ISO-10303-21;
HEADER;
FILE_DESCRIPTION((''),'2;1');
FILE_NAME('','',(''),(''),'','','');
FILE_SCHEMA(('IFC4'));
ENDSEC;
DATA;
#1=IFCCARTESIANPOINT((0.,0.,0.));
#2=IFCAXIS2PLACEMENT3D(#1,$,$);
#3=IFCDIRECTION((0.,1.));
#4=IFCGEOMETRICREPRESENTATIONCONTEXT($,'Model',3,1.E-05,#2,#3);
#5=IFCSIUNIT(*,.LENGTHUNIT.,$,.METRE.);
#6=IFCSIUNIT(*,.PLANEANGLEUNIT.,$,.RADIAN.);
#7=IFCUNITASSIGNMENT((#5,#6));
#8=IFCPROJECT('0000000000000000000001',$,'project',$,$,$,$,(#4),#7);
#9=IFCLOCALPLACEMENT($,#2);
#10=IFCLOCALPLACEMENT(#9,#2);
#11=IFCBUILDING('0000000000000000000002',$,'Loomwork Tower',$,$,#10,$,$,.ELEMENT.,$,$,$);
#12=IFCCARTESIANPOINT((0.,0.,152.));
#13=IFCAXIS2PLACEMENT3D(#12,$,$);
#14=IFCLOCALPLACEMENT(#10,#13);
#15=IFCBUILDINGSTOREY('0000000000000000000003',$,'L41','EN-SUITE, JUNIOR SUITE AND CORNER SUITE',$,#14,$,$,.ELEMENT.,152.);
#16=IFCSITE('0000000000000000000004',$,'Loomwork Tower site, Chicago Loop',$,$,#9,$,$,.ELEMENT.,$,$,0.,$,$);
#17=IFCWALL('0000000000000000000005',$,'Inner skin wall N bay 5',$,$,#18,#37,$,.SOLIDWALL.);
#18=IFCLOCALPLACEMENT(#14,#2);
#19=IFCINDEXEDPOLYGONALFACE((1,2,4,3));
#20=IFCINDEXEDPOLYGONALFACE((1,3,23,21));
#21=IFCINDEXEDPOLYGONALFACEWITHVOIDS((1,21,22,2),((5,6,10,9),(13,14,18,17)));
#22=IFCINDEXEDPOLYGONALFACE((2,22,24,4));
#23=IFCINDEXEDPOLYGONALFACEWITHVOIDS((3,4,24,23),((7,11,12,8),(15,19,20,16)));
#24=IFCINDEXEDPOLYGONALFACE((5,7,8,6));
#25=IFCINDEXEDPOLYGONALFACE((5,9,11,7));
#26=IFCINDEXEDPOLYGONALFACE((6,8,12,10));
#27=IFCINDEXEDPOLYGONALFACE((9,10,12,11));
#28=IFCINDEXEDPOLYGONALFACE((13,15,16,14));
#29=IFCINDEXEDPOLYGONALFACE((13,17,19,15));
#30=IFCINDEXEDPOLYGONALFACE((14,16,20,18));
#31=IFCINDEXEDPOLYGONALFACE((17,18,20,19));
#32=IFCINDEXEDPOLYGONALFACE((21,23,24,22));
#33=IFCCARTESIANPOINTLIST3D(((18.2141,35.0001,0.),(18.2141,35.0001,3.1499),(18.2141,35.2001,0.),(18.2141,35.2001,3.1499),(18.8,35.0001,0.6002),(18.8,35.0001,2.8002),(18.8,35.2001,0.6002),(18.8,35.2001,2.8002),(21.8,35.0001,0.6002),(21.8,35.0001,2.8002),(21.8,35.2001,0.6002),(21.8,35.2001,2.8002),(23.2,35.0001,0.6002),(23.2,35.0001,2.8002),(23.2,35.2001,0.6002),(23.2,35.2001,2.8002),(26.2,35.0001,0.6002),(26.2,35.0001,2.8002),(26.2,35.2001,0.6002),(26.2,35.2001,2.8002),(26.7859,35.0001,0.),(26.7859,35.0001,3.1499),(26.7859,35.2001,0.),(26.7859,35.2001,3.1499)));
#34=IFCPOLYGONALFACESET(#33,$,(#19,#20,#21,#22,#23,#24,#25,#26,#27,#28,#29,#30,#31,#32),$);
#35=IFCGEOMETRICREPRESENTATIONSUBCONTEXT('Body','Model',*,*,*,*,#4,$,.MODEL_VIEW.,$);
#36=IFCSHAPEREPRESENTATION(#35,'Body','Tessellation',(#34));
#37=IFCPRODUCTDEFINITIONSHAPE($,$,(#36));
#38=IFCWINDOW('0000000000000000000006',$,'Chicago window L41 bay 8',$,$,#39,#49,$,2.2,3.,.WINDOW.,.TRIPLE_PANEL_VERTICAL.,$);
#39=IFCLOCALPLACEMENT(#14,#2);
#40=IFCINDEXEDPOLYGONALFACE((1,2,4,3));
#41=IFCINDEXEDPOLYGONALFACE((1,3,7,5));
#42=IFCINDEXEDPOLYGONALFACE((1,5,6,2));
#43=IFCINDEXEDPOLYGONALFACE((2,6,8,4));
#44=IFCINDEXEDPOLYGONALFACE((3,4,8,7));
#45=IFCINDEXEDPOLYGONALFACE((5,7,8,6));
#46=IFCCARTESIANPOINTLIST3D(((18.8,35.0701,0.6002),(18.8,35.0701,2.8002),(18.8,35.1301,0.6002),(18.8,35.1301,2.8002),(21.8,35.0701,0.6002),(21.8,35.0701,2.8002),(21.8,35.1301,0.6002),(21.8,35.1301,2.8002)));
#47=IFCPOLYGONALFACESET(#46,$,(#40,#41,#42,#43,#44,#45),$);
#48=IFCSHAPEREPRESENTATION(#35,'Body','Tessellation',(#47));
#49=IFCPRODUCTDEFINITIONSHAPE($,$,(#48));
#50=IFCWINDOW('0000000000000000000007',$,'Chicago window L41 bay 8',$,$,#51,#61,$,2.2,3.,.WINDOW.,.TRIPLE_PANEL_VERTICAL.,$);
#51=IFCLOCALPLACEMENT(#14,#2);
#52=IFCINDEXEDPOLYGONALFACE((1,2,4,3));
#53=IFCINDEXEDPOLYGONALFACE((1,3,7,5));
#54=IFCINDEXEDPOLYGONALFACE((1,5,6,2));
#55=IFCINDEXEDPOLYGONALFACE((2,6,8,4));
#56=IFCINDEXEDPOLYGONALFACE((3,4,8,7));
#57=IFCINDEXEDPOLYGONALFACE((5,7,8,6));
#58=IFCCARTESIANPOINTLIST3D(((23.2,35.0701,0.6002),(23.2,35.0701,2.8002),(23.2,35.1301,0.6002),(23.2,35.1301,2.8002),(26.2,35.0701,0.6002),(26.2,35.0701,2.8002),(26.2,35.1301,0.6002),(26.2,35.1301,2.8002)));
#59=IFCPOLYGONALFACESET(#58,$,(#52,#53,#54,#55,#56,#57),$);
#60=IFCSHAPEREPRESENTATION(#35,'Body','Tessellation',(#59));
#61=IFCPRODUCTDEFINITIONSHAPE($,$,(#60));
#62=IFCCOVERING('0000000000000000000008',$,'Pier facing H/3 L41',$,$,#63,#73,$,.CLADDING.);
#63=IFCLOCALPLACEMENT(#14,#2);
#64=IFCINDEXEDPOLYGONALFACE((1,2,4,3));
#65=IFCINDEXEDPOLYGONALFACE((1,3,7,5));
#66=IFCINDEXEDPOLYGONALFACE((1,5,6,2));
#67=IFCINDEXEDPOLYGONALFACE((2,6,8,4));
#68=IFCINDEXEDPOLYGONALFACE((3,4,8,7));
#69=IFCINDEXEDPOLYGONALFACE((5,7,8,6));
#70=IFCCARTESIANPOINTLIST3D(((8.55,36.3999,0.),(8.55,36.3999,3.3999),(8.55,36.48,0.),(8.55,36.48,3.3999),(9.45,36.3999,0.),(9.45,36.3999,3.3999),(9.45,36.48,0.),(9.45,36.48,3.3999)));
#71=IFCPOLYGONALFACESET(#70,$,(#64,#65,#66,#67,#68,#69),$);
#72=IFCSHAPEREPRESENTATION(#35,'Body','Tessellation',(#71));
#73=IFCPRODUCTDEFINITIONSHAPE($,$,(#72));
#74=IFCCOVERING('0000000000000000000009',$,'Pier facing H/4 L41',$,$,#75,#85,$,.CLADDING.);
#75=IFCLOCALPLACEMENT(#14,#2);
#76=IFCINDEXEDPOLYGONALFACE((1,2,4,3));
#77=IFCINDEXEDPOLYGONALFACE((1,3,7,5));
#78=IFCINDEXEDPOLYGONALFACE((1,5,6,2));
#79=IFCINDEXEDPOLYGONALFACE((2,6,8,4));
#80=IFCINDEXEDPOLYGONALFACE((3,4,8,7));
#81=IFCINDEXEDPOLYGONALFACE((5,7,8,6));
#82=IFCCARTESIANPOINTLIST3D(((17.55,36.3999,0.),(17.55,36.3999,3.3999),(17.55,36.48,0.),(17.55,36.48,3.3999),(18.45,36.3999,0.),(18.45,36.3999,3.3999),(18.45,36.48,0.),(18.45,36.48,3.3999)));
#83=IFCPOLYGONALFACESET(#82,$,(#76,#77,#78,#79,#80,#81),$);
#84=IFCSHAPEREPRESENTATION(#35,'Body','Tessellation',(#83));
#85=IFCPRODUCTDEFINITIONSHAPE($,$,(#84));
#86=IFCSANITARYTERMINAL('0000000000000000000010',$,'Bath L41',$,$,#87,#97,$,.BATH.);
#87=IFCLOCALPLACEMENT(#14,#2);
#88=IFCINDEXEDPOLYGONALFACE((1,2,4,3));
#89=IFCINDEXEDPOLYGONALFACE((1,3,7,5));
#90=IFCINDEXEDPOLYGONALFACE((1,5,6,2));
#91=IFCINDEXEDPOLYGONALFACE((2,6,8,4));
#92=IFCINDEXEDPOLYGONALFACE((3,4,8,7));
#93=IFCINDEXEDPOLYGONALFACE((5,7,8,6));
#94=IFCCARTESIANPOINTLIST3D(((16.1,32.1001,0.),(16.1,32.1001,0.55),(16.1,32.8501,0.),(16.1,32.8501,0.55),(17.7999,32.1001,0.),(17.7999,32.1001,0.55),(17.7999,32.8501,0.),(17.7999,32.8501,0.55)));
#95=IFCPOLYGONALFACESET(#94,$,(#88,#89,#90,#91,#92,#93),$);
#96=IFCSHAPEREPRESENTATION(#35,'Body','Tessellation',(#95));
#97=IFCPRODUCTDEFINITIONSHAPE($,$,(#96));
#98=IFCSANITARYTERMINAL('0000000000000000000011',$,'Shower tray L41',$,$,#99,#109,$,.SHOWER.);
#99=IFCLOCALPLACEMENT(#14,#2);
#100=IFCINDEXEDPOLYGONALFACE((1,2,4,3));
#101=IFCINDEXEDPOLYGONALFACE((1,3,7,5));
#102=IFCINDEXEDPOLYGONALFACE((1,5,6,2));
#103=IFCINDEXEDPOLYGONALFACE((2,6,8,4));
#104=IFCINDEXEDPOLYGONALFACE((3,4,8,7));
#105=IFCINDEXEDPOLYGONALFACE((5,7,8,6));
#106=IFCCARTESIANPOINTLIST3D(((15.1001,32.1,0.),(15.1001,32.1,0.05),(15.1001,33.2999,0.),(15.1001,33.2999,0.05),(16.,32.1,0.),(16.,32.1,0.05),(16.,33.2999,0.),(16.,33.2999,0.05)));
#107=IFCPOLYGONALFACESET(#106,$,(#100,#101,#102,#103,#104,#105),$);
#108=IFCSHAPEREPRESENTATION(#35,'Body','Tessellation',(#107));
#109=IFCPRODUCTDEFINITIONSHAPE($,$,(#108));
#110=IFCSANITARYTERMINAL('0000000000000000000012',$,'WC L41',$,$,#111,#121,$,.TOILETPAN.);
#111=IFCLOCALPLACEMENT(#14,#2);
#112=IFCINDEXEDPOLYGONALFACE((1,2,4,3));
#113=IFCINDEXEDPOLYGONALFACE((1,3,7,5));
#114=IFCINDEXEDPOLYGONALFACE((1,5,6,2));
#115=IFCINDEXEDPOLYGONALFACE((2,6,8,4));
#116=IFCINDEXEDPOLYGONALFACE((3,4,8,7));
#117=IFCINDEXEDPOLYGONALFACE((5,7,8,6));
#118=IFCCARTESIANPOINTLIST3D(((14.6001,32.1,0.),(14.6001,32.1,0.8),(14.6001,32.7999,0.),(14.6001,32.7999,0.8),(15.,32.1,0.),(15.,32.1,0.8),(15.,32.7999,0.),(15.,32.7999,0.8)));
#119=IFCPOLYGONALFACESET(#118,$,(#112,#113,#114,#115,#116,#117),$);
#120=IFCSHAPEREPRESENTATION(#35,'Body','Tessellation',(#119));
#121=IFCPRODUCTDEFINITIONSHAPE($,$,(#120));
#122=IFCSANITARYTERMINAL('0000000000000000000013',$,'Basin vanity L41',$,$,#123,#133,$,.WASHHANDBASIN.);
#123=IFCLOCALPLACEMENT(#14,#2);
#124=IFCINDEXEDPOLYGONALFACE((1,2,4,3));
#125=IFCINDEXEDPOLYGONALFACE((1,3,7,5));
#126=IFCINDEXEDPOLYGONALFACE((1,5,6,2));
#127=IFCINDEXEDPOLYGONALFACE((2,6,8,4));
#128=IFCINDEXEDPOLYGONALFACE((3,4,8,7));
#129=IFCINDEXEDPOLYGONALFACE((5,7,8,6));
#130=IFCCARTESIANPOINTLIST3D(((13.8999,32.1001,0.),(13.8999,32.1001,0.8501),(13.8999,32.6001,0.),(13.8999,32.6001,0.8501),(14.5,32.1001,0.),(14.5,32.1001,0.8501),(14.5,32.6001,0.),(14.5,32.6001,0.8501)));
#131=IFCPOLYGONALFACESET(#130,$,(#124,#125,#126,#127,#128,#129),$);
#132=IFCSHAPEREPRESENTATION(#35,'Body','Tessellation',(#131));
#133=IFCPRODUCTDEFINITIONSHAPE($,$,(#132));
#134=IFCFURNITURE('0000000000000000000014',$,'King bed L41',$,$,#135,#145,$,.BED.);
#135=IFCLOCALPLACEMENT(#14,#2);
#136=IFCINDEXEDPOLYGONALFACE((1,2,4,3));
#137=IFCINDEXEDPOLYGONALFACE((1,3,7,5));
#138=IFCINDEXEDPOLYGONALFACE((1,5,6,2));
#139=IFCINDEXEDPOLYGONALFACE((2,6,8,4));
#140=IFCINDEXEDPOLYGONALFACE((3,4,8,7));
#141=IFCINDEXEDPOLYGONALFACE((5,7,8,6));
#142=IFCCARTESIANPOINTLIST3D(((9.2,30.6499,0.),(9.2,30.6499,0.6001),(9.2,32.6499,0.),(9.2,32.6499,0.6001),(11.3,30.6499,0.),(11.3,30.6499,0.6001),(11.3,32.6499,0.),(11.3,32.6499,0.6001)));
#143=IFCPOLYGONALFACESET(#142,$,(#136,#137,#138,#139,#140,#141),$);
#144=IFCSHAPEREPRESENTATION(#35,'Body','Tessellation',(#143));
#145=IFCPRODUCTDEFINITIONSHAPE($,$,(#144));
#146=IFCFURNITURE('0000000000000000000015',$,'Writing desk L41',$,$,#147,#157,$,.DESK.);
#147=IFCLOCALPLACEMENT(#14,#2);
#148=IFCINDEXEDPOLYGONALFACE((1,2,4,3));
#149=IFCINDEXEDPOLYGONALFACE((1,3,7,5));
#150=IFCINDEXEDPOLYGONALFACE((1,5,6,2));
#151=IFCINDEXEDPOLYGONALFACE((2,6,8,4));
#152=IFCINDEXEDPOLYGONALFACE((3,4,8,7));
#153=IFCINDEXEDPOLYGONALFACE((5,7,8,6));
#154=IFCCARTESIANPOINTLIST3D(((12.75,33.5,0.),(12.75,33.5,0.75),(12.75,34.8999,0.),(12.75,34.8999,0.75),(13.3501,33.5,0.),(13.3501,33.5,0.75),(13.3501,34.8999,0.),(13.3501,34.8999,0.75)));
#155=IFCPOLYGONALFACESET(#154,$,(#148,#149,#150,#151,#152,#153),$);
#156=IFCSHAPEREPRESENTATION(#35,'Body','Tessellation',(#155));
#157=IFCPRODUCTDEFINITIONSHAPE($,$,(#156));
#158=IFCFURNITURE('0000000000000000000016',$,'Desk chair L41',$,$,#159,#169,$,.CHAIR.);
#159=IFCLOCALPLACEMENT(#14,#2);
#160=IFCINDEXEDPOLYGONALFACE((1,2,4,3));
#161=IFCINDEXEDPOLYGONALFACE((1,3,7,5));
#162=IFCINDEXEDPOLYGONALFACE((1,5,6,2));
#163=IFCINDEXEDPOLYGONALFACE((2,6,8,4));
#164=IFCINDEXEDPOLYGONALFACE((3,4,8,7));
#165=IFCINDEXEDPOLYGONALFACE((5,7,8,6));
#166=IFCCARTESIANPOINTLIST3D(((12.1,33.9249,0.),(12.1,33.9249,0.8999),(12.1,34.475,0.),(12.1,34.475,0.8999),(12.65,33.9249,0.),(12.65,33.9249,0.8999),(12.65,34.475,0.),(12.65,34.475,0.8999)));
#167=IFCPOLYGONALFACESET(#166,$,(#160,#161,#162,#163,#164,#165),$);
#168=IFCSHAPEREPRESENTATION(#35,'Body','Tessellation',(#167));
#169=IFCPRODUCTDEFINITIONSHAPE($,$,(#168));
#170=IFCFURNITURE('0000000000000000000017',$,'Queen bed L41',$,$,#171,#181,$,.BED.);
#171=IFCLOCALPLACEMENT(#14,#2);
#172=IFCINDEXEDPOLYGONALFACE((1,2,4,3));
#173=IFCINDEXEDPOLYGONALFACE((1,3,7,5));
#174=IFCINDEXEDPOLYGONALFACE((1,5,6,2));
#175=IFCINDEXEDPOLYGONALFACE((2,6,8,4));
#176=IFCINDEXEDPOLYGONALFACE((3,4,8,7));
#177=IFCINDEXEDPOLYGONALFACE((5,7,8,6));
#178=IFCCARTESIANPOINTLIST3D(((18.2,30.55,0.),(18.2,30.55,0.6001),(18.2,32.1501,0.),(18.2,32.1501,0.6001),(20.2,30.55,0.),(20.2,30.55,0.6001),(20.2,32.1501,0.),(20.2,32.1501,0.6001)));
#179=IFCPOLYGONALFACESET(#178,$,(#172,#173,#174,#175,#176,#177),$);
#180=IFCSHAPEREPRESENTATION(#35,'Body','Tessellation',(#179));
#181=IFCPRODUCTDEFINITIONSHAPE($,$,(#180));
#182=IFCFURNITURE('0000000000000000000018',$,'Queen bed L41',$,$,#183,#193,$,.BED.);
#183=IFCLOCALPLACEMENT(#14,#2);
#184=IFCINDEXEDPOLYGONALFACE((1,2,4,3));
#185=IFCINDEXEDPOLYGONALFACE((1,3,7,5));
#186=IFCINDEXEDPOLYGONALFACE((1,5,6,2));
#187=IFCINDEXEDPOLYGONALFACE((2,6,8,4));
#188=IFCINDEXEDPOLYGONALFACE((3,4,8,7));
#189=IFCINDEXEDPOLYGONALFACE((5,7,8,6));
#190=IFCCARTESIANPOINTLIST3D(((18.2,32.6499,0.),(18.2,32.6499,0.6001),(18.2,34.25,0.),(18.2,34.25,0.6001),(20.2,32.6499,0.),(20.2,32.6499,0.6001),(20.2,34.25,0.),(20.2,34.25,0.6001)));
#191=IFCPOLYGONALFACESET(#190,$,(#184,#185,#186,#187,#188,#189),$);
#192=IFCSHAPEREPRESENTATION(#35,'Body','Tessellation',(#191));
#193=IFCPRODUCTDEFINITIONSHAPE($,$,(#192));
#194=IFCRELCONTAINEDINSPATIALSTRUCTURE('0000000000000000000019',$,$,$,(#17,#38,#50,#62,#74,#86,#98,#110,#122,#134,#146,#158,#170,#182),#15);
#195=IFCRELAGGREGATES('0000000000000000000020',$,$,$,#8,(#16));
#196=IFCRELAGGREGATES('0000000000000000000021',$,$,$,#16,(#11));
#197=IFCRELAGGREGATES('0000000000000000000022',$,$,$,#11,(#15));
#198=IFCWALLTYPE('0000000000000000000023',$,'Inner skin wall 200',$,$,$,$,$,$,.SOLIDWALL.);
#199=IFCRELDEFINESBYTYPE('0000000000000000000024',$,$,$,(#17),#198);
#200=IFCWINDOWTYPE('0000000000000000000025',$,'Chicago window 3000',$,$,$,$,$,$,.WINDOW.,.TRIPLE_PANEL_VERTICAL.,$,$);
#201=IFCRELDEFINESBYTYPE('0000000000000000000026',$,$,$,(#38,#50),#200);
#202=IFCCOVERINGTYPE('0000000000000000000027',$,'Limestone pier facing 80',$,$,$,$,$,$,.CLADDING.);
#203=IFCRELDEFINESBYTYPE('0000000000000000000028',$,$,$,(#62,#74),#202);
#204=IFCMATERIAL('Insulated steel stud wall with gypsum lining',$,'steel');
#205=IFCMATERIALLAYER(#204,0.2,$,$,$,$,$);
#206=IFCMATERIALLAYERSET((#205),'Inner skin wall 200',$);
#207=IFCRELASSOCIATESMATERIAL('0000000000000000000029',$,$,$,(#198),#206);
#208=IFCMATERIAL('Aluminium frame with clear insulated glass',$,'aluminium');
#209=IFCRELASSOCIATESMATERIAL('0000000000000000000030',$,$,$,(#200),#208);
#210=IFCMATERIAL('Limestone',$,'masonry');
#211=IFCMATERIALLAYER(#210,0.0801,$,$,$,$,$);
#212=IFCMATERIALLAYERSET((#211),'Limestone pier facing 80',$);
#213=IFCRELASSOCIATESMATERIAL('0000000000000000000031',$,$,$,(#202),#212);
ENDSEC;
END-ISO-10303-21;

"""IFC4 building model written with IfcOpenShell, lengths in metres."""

from ifc_helpers import new_model, si_unit, direction, frame, frame_2d, origin, origin_2d, place, context, subcontext, project, spatial, rectangle, extrude, material, layer, layer_set, type_object, element, fill, save


model = new_model("IFC4")

# Units and contexts
model_context = context("Model", 3, precision=1e-05, world=origin(), true_north=direction((0.0, 1.0)))
body_context = subcontext(model_context, "Body", "Model", "MODEL_VIEW")
ifc_project = project(units=[si_unit("LENGTHUNIT", "METRE"), si_unit("PLANEANGLEUNIT", "RADIAN")], contexts=[model_context])

# Site, building, storey
site_placement = place(None, origin())
site = spatial("IfcSite", under=ifc_project, at=site_placement, Name="Loomwork Tower site, Chicago Loop", CompositionType="ELEMENT", RefElevation=0.0)
building_placement = place(site_placement, origin())
building = spatial("IfcBuilding", under=site, at=building_placement, Name="Loomwork Tower", CompositionType="ELEMENT")
storey_placement = place(building_placement, frame((0.0, 0.0, 152.0)))
storey = spatial("IfcBuildingStorey", under=building, at=storey_placement, Name="L41", Description="EN-SUITE, JUNIOR SUITE AND CORNER SUITE", CompositionType="ELEMENT", Elevation=152.0)

# Shared definitions
ifc_material_1 = material(Name="Insulated steel stud wall with gypsum lining", Category="steel")
ifc_layer_1 = layer(ifc_material_1, 0.2)
ifc_layer_set_1 = layer_set([ifc_layer_1], Name="Inner skin wall 200")
wall_type_1 = type_object("IfcWallType", Name="Inner skin wall 200", PredefinedType="SOLIDWALL", material=ifc_layer_set_1)

# Shared definitions
ifc_material_2 = material(Name="Aluminium frame with clear insulated glass", Category="aluminium")
window_type = type_object("IfcWindowType", Name="Chicago window 3000", PartitioningType="TRIPLE_PANEL_VERTICAL", PredefinedType="WINDOW", material=ifc_material_2)

# Wall, openings, windows
wall_1_placement = place(storey_placement, frame((18.2141, 35.1001, 0.0), z_axis=(0.0, 0.0, 1.0), x_axis=(1.0, 0.0, 0.0)))
wall_1 = element("IfcWall", 1, at=wall_1_placement, inside=storey, type_object=wall_type_1, Name="Inner skin wall N bay 5", PredefinedType="SOLIDWALL", context=body_context, shape_type="SweptSolid", body=[
    extrude(rectangle(XDim=8.5718, YDim=0.2, at=frame_2d((4.2859, 0.0))), origin(), (0.0, 0.0, 1.0), 3.1499),
])
opening_1_placement = place(wall_1_placement, frame((0.5859, 0.0, 0.6001)))
opening_1 = element("IfcOpeningElement", 2, at=opening_1_placement, cuts=wall_1, PredefinedType="OPENING", context=body_context, shape_type="SweptSolid", body=[
    extrude(rectangle(XDim=3.0, YDim=2.2, at=frame_2d((1.5, 1.1001))), frame((0.0, 0.1099, 0.0), z_axis=(0.0, -1.0, 0.0), x_axis=(1.0, 0.0, 0.0)), (0.0, 0.0, 1.0), 0.22),
])
opening_2_placement = place(wall_1_placement, frame((4.9858, 0.0, 0.6001)))
opening_2 = element("IfcOpeningElement", 3, at=opening_2_placement, cuts=wall_1, PredefinedType="OPENING", context=body_context, shape_type="SweptSolid", body=[
    extrude(rectangle(XDim=3.0, YDim=2.2, at=frame_2d((1.5, 1.1001))), frame((0.0, 0.1099, 0.0), z_axis=(0.0, -1.0, 0.0), x_axis=(1.0, 0.0, 0.0)), (0.0, 0.0, 1.0), 0.22),
])
window_1_placement = place(opening_1_placement, origin())
window_1 = element("IfcWindow", 4, at=window_1_placement, inside=storey, type_object=window_type, Name="Chicago window L41 bay 8", OverallHeight=2.2, OverallWidth=3.0, PartitioningType="TRIPLE_PANEL_VERTICAL", PredefinedType="WINDOW", context=body_context, shape_type="SweptSolid", body=[
    extrude(rectangle(XDim=3.0, YDim=2.2, at=frame_2d((1.5, 1.1001))), frame((0.0, 0.03, 0.0), z_axis=(0.0, -1.0, 0.0), x_axis=(1.0, 0.0, 0.0)), (0.0, 0.0, 1.0), 0.0601),
])
fill(opening_1, window_1)
window_2_placement = place(opening_2_placement, origin())
window_2 = element("IfcWindow", 5, at=window_2_placement, inside=storey, type_object=window_type, Name="Chicago window L41 bay 8", OverallHeight=2.2, OverallWidth=3.0, PartitioningType="TRIPLE_PANEL_VERTICAL", PredefinedType="WINDOW", context=body_context, shape_type="SweptSolid", body=[
    extrude(rectangle(XDim=3.0, YDim=2.2, at=frame_2d((1.5, 1.1001))), frame((0.0, 0.03, 0.0), z_axis=(0.0, -1.0, 0.0), x_axis=(1.0, 0.0, 0.0)), (0.0, 0.0, 1.0), 0.0601),
])
fill(opening_2, window_2)

# Coverings
ifc_material_3 = material(Name="Limestone", Category="masonry")
ifc_layer_2 = layer(ifc_material_3, 0.0801)
ifc_layer_set_2 = layer_set([ifc_layer_2], Name="Limestone pier facing 80")
covering_type = type_object("IfcCoveringType", Name="Limestone pier facing 80", PredefinedType="CLADDING", material=ifc_layer_set_2)
for number, where, z_axis, x_axis, name in (
    (6, (9.0, 36.4399, 0.0), (0.0, 0.0, 1.0), (1.0, 0.0, 0.0), "Pier facing H/3 L41"),
    (7, (18.0, 36.4399, 0.0), (0.0, 0.0, 1.0), (1.0, 0.0, 0.0), "Pier facing H/4 L41"),
):
    element("IfcCovering", number, at=place(storey_placement, frame(where, z_axis=z_axis, x_axis=x_axis)), inside=storey, type_object=covering_type, Name=name, PredefinedType="CLADDING", context=body_context, shape_type="SweptSolid", body=[
        extrude(rectangle(XDim=0.8999, YDim=0.0801, at=origin_2d()), origin(), (0.0, 0.0, 1.0), 3.3999),
    ])

# Sanitary terminals
sanitary_terminal_1_placement = place(storey_placement, frame((16.95, 32.4751, 0.0), z_axis=(0.0, 0.0, 1.0), x_axis=(1.0, 0.0, 0.0)))
element("IfcSanitaryTerminal", 8, at=sanitary_terminal_1_placement, inside=storey, Name="Bath L41", PredefinedType="BATH", context=body_context, shape_type="SweptSolid", body=[
    extrude(rectangle(XDim=1.7, YDim=0.75, at=origin_2d()), origin(), (0.0, 0.0, 1.0), 0.55),
])
sanitary_terminal_2_placement = place(storey_placement, frame((15.55, 32.7, 0.0), z_axis=(0.0, 0.0, 1.0), x_axis=(1.0, 0.0, 0.0)))
element("IfcSanitaryTerminal", 9, at=sanitary_terminal_2_placement, inside=storey, Name="Shower tray L41", PredefinedType="SHOWER", context=body_context, shape_type="SweptSolid", body=[
    extrude(rectangle(XDim=0.8999, YDim=1.2, at=origin_2d()), origin(), (0.0, 0.0, 1.0), 0.05),
])
sanitary_terminal_3_placement = place(storey_placement, frame((14.8, 32.45, 0.0), z_axis=(0.0, 0.0, 1.0), x_axis=(1.0, 0.0, 0.0)))
element("IfcSanitaryTerminal", 10, at=sanitary_terminal_3_placement, inside=storey, Name="WC L41", PredefinedType="TOILETPAN", context=body_context, shape_type="SweptSolid", body=[
    extrude(rectangle(XDim=0.3999, YDim=0.7, at=origin_2d()), origin(), (0.0, 0.0, 1.0), 0.8),
])
sanitary_terminal_4_placement = place(storey_placement, frame((14.2, 32.3501, 0.0), z_axis=(0.0, 0.0, 1.0), x_axis=(1.0, 0.0, 0.0)))
element("IfcSanitaryTerminal", 11, at=sanitary_terminal_4_placement, inside=storey, Name="Basin vanity L41", PredefinedType="WASHHANDBASIN", context=body_context, shape_type="SweptSolid", body=[
    extrude(rectangle(XDim=0.6001, YDim=0.5, at=origin_2d()), origin(), (0.0, 0.0, 1.0), 0.8501),
])

# Furniture
furniture_1_placement = place(storey_placement, frame((10.25, 31.6499, 0.0), z_axis=(0.0, 0.0, 1.0), x_axis=(1.0, 0.0, 0.0)))
element("IfcFurniture", 12, at=furniture_1_placement, inside=storey, Name="King bed L41", PredefinedType="BED", context=body_context, shape_type="SweptSolid", body=[
    extrude(rectangle(XDim=2.1001, YDim=2.0, at=origin_2d()), origin(), (0.0, 0.0, 1.0), 0.6001),
])
furniture_2_placement = place(storey_placement, frame((13.05, 34.2, 0.0), z_axis=(0.0, 0.0, 1.0), x_axis=(1.0, 0.0, 0.0)))
element("IfcFurniture", 13, at=furniture_2_placement, inside=storey, Name="Writing desk L41", PredefinedType="DESK", context=body_context, shape_type="SweptSolid", body=[
    extrude(rectangle(XDim=0.6001, YDim=1.3999, at=origin_2d()), origin(), (0.0, 0.0, 1.0), 0.75),
])
furniture_3_placement = place(storey_placement, frame((12.375, 34.2, 0.0), z_axis=(0.0, 0.0, 1.0), x_axis=(1.0, 0.0, 0.0)))
element("IfcFurniture", 14, at=furniture_3_placement, inside=storey, Name="Desk chair L41", PredefinedType="CHAIR", context=body_context, shape_type="SweptSolid", body=[
    extrude(rectangle(XDim=0.55, YDim=0.55, at=origin_2d()), origin(), (0.0, 0.0, 1.0), 0.8999),
])
for number, where, z_axis, x_axis, name in (
    (15, (19.2, 31.3501, 0.0), (0.0, 0.0, 1.0), (1.0, 0.0, 0.0), "Queen bed L41"),
    (16, (19.2, 33.45, 0.0), (0.0, 0.0, 1.0), (1.0, 0.0, 0.0), "Queen bed L41"),
):
    element("IfcFurniture", number, at=place(storey_placement, frame(where, z_axis=z_axis, x_axis=x_axis)), inside=storey, Name=name, PredefinedType="BED", context=body_context, shape_type="SweptSolid", body=[
        extrude(rectangle(XDim=2.0, YDim=1.6001, at=origin_2d()), origin(), (0.0, 0.0, 1.0), 0.6001),
    ])

save(model, "model.ifc")
